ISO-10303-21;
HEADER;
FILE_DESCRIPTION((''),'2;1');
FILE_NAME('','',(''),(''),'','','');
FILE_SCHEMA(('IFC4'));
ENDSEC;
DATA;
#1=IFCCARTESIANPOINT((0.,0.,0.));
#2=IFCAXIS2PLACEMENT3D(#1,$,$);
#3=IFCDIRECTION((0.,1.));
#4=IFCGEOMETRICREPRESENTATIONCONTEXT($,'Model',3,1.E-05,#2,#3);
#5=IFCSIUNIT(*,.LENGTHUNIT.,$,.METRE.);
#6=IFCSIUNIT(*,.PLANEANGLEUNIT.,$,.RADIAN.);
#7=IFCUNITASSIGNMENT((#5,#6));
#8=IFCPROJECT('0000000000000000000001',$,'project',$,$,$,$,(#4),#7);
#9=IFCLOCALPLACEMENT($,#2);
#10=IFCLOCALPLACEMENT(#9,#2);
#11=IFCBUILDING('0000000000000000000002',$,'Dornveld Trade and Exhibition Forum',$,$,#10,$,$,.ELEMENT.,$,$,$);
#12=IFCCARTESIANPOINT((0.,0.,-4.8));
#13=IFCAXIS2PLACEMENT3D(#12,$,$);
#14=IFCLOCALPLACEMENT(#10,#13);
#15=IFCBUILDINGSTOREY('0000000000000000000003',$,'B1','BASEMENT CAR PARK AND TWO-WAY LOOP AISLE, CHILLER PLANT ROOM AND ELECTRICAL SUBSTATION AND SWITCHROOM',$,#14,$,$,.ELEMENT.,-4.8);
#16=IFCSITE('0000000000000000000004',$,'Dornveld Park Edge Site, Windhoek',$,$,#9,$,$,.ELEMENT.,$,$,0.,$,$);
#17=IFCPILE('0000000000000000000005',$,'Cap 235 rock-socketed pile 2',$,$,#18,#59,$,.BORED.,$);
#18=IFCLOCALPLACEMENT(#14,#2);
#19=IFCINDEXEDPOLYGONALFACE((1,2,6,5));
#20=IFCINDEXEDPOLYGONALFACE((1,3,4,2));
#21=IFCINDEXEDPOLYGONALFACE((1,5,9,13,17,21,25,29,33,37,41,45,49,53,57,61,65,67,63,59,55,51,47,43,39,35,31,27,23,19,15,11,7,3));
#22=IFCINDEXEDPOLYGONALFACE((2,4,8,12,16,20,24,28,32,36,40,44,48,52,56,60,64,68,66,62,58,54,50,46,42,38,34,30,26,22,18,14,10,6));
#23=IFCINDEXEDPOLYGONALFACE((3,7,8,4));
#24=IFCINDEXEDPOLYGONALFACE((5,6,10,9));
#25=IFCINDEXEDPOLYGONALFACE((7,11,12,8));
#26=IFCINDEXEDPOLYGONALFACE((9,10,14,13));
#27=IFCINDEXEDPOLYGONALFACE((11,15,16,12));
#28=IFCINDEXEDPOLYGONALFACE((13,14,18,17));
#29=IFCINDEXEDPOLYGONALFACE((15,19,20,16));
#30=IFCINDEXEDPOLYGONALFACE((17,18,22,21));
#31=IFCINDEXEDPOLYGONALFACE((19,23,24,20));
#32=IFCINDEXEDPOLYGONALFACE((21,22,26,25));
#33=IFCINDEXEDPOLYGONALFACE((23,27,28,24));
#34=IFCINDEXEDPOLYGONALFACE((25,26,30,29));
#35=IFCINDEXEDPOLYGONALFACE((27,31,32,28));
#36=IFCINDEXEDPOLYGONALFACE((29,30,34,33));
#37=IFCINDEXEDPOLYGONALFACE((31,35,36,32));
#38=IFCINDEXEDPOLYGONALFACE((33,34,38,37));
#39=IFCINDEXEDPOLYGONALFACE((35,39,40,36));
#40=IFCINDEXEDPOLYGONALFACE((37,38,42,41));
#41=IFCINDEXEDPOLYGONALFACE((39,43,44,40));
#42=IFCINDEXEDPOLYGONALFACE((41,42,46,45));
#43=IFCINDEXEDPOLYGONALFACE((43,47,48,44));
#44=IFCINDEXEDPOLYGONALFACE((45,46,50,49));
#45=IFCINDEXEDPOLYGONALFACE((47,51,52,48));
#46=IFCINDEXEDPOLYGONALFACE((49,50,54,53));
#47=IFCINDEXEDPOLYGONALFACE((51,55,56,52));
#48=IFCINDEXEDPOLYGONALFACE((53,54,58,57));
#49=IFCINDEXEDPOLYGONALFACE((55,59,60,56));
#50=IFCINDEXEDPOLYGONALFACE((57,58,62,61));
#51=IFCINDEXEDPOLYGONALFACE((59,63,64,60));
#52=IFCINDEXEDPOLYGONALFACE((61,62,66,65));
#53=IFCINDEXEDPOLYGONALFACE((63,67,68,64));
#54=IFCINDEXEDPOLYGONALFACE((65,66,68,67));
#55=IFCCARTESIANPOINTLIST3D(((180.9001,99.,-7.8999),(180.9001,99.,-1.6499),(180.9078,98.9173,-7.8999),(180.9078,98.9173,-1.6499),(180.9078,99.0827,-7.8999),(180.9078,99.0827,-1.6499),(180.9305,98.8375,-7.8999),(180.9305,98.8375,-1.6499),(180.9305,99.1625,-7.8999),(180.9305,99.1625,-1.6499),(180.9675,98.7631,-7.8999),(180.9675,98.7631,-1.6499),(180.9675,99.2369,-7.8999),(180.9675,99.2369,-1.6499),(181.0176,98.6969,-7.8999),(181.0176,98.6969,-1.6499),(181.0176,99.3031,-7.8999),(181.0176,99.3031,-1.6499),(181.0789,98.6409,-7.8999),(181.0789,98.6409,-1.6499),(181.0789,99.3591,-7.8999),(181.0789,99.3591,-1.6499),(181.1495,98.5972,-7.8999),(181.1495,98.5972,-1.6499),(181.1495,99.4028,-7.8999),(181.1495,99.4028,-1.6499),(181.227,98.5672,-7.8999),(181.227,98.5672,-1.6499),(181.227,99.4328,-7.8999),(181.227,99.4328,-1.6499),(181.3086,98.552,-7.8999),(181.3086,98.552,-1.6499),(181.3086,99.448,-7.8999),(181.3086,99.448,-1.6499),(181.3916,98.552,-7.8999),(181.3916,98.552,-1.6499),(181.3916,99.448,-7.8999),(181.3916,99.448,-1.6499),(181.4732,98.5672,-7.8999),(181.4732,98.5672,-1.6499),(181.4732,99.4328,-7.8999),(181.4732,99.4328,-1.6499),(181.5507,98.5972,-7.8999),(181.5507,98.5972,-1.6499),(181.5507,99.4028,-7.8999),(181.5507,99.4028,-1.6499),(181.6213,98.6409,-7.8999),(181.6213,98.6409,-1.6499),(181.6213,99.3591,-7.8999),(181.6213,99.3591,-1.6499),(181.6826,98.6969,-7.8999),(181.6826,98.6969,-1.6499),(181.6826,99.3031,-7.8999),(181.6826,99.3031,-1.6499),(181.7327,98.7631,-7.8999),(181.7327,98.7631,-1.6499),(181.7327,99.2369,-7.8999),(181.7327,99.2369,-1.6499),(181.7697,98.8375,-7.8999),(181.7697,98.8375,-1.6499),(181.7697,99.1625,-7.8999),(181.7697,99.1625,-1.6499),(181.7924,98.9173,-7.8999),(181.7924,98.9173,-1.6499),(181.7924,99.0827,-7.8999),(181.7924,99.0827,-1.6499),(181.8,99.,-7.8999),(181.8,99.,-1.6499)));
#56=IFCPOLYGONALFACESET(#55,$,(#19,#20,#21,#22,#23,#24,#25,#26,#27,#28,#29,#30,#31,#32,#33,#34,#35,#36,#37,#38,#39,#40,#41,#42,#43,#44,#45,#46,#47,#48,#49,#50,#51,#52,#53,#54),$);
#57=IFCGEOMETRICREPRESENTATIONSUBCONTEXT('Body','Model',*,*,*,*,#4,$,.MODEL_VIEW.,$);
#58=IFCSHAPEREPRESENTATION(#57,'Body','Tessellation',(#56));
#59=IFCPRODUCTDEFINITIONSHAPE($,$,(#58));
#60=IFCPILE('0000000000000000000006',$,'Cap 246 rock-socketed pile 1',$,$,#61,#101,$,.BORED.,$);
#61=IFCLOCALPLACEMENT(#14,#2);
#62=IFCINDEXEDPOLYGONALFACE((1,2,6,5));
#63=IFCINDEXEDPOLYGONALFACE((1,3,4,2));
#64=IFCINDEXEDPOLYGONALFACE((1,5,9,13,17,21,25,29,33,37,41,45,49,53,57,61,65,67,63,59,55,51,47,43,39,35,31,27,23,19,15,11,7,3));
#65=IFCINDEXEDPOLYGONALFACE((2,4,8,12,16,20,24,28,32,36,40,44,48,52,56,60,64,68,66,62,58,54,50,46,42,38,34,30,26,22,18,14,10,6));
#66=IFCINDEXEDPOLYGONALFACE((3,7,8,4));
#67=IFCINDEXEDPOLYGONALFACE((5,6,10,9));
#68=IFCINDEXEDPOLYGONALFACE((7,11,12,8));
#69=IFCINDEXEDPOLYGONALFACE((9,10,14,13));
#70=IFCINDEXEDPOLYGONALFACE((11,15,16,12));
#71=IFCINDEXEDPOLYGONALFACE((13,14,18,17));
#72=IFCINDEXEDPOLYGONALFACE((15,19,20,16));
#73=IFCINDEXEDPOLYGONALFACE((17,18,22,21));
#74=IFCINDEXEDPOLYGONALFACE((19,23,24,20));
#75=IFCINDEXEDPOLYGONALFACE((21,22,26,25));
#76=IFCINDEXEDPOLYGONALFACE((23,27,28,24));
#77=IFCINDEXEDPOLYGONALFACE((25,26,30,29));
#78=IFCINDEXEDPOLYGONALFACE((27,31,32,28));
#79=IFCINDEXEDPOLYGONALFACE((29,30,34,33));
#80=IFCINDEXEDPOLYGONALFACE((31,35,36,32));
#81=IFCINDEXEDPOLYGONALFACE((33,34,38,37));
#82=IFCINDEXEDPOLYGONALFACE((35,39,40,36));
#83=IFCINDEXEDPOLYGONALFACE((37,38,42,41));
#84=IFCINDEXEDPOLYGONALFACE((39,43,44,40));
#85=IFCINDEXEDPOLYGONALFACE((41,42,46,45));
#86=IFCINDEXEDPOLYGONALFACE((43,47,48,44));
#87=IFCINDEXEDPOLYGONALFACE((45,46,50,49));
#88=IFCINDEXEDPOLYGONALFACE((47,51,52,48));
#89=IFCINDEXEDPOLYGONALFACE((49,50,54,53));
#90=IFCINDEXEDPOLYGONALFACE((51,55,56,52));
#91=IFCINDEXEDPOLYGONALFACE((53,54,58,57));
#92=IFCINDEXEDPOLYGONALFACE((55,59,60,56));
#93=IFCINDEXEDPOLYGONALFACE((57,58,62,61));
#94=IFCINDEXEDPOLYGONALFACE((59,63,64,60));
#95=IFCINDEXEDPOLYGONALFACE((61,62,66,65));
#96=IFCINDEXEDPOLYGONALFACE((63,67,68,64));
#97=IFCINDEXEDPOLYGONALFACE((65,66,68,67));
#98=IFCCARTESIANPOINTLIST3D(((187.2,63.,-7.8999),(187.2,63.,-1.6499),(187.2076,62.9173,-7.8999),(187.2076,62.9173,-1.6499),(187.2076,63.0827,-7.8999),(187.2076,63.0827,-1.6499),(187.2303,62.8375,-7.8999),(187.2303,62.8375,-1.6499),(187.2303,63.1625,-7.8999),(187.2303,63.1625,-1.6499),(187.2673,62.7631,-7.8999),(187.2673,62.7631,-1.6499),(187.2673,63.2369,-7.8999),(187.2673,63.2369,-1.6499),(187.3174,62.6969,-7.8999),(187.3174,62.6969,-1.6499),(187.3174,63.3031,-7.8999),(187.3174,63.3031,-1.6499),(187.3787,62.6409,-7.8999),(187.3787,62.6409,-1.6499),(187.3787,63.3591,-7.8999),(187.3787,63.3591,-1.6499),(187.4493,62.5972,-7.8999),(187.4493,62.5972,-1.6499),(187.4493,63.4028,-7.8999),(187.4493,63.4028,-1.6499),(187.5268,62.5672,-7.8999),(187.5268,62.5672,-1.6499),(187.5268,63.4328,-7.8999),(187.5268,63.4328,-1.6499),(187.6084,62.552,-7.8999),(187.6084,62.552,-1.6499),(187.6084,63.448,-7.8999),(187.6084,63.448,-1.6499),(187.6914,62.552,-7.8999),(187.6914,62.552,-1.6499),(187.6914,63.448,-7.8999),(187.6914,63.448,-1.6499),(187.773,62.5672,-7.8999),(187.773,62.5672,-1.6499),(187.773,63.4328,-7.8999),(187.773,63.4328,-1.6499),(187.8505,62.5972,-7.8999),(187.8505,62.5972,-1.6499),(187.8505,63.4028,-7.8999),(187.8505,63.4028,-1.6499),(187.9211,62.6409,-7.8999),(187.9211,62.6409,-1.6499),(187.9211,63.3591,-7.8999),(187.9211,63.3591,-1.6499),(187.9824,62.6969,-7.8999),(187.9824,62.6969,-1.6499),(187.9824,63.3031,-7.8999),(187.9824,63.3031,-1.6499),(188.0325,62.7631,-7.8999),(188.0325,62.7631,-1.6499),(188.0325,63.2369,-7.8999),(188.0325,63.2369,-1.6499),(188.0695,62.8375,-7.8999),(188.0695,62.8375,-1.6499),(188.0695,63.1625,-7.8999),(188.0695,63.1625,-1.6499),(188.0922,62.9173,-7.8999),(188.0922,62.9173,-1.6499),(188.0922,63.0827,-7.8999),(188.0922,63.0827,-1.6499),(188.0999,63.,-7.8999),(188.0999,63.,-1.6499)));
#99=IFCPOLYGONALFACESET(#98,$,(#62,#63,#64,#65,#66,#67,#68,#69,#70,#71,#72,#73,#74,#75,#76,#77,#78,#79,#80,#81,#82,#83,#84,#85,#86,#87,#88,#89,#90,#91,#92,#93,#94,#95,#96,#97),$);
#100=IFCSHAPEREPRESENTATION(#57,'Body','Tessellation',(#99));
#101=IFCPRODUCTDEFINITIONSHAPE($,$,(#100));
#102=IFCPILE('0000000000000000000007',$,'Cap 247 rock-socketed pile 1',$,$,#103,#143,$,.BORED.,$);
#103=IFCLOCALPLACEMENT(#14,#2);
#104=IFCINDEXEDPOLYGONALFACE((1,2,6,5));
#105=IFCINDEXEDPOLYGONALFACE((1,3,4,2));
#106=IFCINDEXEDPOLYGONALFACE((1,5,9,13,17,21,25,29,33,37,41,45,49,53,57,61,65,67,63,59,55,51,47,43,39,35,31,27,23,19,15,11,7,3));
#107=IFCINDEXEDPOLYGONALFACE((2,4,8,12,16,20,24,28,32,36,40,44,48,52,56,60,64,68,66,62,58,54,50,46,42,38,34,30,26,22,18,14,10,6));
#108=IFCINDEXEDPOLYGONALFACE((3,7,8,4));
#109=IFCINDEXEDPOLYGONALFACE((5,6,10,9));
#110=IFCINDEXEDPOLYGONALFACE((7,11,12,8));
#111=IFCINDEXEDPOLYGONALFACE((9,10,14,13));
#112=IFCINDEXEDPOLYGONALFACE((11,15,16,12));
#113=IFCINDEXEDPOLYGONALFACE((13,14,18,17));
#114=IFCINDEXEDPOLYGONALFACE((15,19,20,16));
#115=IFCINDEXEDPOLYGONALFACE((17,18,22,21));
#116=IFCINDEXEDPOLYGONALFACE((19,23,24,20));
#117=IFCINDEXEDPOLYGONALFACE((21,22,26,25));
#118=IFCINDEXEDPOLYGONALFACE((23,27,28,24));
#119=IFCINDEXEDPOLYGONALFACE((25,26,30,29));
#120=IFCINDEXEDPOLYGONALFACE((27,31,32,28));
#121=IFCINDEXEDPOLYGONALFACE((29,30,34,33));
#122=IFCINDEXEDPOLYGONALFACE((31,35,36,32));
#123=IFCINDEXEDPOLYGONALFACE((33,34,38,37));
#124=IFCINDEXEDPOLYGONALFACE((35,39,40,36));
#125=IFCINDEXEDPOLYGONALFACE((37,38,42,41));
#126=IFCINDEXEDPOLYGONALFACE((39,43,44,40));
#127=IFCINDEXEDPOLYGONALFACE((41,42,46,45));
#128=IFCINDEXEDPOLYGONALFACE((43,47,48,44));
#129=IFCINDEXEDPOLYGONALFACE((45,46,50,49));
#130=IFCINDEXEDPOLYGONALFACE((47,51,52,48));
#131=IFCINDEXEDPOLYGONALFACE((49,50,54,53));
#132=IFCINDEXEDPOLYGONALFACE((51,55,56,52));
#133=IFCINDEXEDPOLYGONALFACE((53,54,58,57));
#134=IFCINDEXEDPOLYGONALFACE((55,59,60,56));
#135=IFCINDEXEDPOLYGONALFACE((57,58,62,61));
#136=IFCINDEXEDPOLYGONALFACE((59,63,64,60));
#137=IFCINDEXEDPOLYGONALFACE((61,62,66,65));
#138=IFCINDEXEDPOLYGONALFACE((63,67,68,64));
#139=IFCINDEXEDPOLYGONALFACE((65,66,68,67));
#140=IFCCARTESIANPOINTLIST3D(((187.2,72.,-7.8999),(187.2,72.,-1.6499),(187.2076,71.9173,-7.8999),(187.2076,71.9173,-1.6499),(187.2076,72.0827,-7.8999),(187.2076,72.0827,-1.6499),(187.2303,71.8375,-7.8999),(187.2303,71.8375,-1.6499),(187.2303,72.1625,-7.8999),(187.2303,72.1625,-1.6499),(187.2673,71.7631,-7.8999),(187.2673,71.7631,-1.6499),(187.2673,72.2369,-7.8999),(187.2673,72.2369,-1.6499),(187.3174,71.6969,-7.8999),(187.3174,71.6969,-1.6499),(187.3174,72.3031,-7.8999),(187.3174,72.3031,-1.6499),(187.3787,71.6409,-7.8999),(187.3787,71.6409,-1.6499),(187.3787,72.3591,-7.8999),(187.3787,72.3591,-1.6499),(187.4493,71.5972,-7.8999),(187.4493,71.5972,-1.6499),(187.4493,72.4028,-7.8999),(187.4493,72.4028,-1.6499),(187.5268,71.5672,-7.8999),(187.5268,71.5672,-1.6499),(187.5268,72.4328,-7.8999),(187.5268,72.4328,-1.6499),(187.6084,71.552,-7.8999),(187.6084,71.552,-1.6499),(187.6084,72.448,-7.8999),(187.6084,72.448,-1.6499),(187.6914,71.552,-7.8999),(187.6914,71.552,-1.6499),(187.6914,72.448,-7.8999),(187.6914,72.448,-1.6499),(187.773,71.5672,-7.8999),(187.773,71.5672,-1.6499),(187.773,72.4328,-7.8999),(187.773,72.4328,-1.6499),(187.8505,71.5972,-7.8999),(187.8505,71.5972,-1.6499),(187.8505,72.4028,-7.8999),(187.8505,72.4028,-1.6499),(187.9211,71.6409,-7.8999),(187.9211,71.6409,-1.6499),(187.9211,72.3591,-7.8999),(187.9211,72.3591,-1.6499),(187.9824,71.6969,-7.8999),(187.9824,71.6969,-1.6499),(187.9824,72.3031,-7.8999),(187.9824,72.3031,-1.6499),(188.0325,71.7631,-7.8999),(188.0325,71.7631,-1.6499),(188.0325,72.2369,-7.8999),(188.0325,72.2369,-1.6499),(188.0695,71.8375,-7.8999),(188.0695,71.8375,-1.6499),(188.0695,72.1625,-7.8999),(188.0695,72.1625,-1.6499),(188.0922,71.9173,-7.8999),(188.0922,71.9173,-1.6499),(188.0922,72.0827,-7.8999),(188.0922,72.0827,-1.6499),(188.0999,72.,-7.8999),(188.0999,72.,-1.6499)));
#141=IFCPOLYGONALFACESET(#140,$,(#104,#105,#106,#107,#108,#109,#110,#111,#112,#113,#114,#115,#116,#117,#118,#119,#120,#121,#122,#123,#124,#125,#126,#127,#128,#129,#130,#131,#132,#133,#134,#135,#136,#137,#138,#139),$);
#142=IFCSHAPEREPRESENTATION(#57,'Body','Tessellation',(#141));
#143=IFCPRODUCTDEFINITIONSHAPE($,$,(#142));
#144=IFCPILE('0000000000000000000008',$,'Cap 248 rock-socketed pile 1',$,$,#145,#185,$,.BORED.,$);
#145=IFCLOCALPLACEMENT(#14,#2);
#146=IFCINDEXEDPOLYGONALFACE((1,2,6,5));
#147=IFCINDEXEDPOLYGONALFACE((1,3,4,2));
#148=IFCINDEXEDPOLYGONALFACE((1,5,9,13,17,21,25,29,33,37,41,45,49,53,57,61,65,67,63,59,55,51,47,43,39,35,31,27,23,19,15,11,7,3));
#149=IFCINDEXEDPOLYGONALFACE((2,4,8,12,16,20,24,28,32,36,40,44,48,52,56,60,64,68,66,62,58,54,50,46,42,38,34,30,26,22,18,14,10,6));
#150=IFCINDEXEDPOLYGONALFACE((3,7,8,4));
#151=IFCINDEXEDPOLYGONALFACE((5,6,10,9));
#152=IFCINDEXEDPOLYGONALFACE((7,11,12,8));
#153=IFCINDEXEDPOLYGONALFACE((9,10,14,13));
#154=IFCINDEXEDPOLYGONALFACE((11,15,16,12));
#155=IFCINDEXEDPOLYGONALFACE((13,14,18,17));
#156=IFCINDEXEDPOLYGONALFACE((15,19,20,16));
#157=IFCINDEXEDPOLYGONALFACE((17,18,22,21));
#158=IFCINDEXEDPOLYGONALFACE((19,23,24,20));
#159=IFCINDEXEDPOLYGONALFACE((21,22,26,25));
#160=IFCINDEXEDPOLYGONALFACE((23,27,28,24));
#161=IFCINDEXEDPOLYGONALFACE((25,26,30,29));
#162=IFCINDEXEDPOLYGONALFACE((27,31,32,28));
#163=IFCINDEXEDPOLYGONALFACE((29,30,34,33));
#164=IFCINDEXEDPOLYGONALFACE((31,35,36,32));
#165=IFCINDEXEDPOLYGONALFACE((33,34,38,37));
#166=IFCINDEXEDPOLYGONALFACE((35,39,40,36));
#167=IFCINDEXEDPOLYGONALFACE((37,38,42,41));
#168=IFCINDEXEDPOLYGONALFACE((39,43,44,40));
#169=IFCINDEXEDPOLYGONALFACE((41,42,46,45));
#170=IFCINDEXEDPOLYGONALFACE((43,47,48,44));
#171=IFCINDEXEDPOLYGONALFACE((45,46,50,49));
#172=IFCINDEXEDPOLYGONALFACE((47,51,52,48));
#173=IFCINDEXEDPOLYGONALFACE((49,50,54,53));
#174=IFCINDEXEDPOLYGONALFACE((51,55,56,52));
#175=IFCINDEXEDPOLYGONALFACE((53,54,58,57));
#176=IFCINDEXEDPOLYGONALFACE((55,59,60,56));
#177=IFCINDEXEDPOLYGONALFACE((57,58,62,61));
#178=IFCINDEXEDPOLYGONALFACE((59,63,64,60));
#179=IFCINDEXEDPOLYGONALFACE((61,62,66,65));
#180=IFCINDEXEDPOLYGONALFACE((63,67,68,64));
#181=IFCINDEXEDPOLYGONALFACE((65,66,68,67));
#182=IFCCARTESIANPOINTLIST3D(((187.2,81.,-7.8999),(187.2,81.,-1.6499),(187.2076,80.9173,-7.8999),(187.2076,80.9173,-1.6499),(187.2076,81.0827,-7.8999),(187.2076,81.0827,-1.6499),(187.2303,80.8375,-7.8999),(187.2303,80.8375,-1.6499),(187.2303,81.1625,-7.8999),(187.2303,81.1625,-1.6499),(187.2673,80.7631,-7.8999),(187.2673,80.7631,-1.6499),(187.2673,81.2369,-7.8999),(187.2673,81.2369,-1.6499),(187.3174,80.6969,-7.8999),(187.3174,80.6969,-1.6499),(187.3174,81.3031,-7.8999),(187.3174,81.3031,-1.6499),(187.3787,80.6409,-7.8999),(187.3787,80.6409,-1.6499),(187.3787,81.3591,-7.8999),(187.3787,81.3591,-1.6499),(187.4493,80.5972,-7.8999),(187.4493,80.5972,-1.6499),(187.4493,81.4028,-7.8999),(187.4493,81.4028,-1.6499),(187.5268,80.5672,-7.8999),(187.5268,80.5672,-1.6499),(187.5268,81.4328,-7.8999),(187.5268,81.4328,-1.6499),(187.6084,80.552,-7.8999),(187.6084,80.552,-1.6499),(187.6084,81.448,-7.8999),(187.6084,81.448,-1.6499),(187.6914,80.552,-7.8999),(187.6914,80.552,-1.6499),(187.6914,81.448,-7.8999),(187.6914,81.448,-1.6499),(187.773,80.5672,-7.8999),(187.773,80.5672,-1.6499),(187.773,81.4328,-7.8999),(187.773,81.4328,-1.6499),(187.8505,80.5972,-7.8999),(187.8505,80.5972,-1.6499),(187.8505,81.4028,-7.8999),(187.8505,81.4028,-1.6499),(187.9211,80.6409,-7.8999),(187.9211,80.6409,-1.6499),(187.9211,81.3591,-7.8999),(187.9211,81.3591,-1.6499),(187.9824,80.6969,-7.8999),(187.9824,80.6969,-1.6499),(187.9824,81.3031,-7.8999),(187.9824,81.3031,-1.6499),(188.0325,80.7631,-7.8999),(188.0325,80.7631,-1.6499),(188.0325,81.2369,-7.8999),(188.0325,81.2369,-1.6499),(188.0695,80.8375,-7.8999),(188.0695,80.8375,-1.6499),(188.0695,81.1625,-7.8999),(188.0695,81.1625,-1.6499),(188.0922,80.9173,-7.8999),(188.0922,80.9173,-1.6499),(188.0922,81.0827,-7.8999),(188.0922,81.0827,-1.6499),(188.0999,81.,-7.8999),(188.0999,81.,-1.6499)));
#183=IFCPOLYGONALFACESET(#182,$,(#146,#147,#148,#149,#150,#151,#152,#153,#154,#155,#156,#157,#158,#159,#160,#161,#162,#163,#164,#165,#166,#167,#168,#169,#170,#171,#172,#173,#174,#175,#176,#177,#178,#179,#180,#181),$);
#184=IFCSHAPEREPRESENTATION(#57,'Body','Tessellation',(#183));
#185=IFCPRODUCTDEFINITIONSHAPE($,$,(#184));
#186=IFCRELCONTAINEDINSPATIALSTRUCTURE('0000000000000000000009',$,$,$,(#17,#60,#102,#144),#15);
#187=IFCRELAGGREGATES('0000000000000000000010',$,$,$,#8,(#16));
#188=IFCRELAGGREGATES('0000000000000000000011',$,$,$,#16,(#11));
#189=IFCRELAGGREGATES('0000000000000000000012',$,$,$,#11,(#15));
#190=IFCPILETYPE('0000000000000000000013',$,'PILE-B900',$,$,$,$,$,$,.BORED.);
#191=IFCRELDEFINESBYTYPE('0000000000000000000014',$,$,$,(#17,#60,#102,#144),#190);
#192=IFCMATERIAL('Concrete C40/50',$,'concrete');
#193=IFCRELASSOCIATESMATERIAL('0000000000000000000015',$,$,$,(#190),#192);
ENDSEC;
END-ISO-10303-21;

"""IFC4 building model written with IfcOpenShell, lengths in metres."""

from ifc_helpers import new_model, si_unit, direction, frame, origin, origin_2d, place, context, subcontext, project, spatial, circle, extrude, material, material_profile, profile_set, type_object, element, save


model = new_model("IFC4")

# Units and contexts
model_context = context("Model", 3, precision=1e-05, world=origin(), true_north=direction((0.0, 1.0)))
body_context = subcontext(model_context, "Body", "Model", "MODEL_VIEW")
ifc_project = project(units=[si_unit("LENGTHUNIT", "METRE"), si_unit("PLANEANGLEUNIT", "RADIAN")], contexts=[model_context])

# Site, building, storey
site_placement = place(None, origin())
site = spatial("IfcSite", under=ifc_project, at=site_placement, Name="Dornveld Park Edge Site, Windhoek", CompositionType="ELEMENT", RefElevation=0.0)
building_placement = place(site_placement, origin())
building = spatial("IfcBuilding", under=site, at=building_placement, Name="Dornveld Trade and Exhibition Forum", CompositionType="ELEMENT")
storey_placement = place(building_placement, frame((0.0, 0.0, -4.8)))
storey = spatial("IfcBuildingStorey", under=building, at=storey_placement, Name="B1", Description="BASEMENT CAR PARK AND TWO-WAY LOOP AISLE, CHILLER PLANT ROOM AND ELECTRICAL SUBSTATION AND SWITCHROOM", CompositionType="ELEMENT", Elevation=-4.8)

# Piles
ifc_material_1 = material(Name="Concrete C40/50", Category="concrete")
ifc_material_profile_1 = material_profile(ifc_material_1, circle(Radius=0.45, at=origin_2d()), Name="PILE D900")
ifc_profile_set_1 = profile_set([ifc_material_profile_1], Name="Concrete C40/50")
pile_type = type_object("IfcPileType", Name="PILE-B900", PredefinedType="BORED", material=ifc_profile_set_1)
for number, where, z_axis, x_axis, name in (
    (1, (181.3501, 99.0, -1.6499), (0.0, 0.0, -1.0), (1.0, 0.0, 0.0), "Cap 235 rock-socketed pile 2"),
    (2, (187.6499, 63.0, -1.6499), (0.0, 0.0, -1.0), (1.0, 0.0, 0.0), "Cap 246 rock-socketed pile 1"),
    (3, (187.6499, 72.0, -1.6499), (0.0, 0.0, -1.0), (1.0, 0.0, 0.0), "Cap 247 rock-socketed pile 1"),
    (4, (187.6499, 81.0, -1.6499), (0.0, 0.0, -1.0), (1.0, 0.0, 0.0), "Cap 248 rock-socketed pile 1"),
):
    element("IfcPile", number, at=place(storey_placement, frame(where, z_axis=z_axis, x_axis=x_axis)), inside=storey, type_object=pile_type, Name=name, PredefinedType="BORED", context=body_context, shape_type="SweptSolid", body=[
        extrude(circle(Radius=0.45, at=origin_2d()), origin(), (0.0, 0.0, 1.0), 6.25),
    ])

save(model, "model.ifc")
